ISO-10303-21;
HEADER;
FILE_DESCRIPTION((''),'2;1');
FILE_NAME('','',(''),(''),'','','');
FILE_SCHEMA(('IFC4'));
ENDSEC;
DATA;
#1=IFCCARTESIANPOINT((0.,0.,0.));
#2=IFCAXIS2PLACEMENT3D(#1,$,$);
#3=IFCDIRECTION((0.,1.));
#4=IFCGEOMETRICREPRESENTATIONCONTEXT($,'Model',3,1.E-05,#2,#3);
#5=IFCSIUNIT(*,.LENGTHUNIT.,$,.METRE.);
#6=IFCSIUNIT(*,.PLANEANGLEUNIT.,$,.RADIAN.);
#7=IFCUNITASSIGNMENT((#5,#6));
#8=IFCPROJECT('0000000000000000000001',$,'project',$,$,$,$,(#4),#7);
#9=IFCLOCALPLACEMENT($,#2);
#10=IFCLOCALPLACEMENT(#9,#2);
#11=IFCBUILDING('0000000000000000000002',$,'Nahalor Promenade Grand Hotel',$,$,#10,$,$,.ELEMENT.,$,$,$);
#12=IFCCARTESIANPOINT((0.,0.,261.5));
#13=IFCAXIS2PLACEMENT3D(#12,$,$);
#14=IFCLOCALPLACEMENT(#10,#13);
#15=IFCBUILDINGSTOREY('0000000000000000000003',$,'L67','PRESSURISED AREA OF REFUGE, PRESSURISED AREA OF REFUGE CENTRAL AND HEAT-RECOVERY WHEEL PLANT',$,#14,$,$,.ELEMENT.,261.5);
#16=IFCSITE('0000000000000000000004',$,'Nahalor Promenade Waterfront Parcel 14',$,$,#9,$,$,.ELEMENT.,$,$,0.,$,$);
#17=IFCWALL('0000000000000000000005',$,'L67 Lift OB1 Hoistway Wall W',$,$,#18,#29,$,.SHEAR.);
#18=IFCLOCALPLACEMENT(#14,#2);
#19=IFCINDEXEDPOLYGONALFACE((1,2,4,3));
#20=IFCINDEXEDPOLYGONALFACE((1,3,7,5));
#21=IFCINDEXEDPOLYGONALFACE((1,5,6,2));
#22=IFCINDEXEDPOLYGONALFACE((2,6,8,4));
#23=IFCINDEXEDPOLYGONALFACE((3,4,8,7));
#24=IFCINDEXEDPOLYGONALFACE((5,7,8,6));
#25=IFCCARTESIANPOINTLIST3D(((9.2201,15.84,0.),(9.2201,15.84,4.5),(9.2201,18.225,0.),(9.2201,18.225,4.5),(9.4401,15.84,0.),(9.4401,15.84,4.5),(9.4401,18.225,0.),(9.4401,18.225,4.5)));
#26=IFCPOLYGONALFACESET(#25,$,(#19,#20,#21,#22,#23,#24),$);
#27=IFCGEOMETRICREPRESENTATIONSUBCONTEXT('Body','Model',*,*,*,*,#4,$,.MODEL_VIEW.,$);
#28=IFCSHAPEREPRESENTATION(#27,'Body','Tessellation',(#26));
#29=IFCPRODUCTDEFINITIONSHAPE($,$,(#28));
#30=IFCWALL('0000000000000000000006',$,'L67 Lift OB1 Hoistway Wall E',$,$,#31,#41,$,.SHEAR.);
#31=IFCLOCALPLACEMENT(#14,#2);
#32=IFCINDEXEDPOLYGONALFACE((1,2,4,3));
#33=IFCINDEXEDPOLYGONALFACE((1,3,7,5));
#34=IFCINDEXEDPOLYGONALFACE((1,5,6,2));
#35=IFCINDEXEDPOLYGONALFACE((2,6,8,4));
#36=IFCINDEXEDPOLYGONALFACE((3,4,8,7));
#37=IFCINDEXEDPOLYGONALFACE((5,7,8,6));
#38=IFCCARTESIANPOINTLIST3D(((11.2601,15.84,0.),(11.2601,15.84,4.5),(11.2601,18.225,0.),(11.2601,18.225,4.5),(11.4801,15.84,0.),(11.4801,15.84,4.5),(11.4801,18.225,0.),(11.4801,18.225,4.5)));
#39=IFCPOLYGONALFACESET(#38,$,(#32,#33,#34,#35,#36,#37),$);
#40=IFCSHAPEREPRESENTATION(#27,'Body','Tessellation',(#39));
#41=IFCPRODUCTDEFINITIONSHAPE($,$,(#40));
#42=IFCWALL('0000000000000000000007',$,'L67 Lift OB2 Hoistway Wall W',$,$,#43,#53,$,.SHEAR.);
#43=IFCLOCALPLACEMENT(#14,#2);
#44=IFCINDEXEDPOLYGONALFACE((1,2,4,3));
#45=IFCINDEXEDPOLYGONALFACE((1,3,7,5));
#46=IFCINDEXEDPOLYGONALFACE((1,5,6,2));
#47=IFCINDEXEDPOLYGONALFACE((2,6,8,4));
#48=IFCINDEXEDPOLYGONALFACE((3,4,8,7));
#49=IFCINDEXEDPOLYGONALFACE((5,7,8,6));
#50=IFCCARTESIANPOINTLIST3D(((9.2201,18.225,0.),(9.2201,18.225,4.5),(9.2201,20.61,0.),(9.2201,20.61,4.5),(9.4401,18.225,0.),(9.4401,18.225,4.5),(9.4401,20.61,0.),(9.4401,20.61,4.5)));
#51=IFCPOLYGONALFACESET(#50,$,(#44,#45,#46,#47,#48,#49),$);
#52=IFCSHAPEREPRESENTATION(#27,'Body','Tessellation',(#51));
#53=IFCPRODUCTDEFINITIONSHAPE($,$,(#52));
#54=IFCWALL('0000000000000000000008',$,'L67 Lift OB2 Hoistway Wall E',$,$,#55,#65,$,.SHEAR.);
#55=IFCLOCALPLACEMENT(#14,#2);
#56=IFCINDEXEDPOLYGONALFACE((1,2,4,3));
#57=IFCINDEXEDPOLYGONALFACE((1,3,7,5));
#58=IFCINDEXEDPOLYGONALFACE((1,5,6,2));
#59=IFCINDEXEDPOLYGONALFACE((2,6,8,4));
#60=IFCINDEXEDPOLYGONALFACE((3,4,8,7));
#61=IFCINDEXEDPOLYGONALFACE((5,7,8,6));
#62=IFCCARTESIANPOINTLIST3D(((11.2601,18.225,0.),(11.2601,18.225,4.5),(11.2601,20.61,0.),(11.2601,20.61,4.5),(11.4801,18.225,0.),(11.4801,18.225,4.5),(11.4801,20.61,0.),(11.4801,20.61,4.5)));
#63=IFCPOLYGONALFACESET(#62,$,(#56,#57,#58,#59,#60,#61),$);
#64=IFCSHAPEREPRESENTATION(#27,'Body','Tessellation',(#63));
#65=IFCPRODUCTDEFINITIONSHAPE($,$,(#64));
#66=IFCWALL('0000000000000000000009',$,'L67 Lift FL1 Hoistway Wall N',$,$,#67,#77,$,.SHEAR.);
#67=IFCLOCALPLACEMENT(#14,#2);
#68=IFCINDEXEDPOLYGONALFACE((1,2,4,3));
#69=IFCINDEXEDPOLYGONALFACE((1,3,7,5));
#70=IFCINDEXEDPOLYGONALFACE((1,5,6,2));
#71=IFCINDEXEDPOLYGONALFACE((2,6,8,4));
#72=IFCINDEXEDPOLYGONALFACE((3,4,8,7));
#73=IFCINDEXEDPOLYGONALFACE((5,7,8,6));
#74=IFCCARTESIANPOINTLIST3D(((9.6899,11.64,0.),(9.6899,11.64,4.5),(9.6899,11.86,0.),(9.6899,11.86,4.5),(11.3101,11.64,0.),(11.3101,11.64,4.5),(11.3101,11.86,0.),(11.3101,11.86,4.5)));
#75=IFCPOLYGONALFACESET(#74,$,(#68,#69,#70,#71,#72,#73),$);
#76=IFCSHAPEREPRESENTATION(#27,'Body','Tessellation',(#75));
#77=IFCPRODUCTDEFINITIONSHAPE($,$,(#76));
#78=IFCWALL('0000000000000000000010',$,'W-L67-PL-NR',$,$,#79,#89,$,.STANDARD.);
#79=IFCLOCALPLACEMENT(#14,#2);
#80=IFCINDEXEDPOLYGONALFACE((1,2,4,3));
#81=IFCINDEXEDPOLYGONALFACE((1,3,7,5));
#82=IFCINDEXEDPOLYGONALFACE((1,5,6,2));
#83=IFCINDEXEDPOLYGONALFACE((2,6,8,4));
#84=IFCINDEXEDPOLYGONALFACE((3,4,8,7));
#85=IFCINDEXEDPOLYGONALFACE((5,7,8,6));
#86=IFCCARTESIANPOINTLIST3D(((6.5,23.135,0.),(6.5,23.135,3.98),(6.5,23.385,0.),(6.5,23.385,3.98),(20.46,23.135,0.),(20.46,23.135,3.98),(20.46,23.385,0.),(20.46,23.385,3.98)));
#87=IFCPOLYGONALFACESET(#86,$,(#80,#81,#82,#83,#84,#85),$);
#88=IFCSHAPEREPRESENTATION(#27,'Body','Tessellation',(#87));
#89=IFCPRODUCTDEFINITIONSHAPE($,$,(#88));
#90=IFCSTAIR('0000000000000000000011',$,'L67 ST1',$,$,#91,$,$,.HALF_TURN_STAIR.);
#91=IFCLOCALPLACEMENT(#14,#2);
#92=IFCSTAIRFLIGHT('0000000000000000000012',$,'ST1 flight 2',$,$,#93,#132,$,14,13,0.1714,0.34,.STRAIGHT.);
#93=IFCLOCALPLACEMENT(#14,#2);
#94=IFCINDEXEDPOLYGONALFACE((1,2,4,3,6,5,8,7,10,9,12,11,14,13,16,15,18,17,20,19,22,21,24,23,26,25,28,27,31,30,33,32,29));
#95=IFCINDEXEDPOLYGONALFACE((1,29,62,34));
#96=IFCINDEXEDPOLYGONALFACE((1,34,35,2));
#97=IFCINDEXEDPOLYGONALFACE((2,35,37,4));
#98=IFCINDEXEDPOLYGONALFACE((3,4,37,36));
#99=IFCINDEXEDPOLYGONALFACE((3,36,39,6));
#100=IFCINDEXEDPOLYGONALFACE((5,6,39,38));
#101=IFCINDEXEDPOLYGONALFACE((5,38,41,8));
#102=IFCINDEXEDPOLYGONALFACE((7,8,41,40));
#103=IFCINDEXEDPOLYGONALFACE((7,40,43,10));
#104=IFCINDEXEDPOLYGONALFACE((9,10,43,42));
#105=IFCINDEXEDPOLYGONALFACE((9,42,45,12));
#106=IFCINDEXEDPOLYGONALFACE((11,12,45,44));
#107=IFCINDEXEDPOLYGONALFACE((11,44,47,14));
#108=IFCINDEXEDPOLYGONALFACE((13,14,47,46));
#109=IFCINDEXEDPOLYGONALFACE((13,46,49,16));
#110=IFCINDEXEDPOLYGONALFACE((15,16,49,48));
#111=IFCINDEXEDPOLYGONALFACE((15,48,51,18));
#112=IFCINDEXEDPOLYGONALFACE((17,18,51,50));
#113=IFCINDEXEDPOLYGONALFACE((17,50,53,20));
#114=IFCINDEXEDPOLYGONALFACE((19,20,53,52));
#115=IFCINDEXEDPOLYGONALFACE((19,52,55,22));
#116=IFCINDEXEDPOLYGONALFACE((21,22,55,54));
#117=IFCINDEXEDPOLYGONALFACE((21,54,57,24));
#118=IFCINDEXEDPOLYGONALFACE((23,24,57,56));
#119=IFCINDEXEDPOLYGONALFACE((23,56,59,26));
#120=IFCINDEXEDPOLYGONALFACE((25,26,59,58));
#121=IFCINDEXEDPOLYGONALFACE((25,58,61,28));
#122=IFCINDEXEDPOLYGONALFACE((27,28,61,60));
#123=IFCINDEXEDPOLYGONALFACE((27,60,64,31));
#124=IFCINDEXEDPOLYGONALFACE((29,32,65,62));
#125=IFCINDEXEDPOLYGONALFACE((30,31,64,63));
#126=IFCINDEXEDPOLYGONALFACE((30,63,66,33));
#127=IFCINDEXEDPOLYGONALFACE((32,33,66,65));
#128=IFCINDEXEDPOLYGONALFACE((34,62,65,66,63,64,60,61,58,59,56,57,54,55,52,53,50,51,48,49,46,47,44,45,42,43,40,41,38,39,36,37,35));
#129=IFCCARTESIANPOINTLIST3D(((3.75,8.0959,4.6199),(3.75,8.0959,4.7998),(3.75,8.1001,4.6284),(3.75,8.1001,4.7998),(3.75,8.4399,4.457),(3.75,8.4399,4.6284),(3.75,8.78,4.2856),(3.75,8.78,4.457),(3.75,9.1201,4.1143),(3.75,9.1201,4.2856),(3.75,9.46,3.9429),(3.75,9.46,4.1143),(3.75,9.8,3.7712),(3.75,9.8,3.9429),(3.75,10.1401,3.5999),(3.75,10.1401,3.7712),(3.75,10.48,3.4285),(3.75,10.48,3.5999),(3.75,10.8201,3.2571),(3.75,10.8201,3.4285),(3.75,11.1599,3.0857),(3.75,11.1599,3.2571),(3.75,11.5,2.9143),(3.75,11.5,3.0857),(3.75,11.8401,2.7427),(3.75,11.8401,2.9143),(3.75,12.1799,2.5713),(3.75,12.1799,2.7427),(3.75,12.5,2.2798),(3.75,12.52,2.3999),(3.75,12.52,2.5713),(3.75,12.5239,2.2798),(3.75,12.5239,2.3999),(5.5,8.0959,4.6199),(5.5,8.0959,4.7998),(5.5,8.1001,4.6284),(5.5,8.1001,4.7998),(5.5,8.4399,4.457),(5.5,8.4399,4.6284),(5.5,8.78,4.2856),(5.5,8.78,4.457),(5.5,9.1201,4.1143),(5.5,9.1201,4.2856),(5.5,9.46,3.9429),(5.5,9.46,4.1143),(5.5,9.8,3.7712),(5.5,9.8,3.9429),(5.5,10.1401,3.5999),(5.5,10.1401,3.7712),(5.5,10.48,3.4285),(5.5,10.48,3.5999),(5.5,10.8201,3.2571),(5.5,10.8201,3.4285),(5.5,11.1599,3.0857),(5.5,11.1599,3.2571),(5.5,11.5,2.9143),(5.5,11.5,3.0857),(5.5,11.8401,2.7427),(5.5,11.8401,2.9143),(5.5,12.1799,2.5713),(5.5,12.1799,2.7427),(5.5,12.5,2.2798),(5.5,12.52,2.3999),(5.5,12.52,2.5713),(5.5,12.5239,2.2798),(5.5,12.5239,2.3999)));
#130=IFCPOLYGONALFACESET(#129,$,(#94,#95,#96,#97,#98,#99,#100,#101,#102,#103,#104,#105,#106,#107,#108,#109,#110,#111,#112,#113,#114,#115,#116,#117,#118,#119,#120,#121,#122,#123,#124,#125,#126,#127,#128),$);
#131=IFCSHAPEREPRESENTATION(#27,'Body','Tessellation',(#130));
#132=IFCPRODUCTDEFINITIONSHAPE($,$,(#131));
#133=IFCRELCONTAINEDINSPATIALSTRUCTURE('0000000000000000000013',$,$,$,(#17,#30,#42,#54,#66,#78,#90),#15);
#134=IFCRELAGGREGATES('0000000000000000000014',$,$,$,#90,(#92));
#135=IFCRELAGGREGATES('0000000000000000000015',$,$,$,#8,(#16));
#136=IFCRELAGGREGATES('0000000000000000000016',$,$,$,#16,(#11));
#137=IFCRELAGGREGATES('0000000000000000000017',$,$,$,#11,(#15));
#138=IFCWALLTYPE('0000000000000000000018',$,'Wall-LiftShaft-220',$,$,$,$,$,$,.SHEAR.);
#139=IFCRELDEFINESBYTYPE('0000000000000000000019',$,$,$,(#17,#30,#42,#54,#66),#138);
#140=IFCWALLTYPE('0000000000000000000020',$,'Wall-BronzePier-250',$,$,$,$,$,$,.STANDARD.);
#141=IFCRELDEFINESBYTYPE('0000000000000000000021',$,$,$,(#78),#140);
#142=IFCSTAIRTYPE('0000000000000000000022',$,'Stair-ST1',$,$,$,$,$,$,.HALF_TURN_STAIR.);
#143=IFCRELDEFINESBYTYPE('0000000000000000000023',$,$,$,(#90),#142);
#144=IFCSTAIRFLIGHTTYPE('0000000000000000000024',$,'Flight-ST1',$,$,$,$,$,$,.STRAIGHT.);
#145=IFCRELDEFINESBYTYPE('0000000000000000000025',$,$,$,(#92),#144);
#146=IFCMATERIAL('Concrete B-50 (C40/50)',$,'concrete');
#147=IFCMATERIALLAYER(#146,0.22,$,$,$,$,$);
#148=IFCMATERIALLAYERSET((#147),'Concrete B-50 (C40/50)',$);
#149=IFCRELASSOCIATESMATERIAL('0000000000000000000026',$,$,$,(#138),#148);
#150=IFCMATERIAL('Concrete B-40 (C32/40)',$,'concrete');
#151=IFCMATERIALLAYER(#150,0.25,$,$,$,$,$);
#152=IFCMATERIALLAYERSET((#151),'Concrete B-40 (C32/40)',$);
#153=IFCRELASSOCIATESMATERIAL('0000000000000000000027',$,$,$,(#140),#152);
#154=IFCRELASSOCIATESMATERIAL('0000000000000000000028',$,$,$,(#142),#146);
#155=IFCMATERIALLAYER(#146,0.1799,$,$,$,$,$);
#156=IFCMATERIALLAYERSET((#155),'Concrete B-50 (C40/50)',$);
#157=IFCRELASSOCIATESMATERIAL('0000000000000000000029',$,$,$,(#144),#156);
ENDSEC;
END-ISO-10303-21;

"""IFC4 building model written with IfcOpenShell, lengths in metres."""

from ifc_helpers import new_model, si_unit, direction, frame, frame_2d, origin, place, context, subcontext, project, spatial, polyline, rectangle, outline, extrude, source, transform, mapped, material, layer, layer_set, type_object, element, aggregate, save


model = new_model("IFC4")

# Units and contexts
model_context = context("Model", 3, precision=1e-05, world=origin(), true_north=direction((0.0, 1.0)))
body_context = subcontext(model_context, "Body", "Model", "MODEL_VIEW")
ifc_project = project(units=[si_unit("LENGTHUNIT", "METRE"), si_unit("PLANEANGLEUNIT", "RADIAN")], contexts=[model_context])

# Site, building, storey
site_placement = place(None, origin())
site = spatial("IfcSite", under=ifc_project, at=site_placement, Name="Nahalor Promenade Waterfront Parcel 14", CompositionType="ELEMENT", RefElevation=0.0)
building_placement = place(site_placement, origin())
building = spatial("IfcBuilding", under=site, at=building_placement, Name="Nahalor Promenade Grand Hotel", CompositionType="ELEMENT")
storey_placement = place(building_placement, frame((0.0, 0.0, 261.5)))
storey = spatial("IfcBuildingStorey", under=building, at=storey_placement, Name="L67", Description="PRESSURISED AREA OF REFUGE, PRESSURISED AREA OF REFUGE CENTRAL AND HEAT-RECOVERY WHEEL PLANT", CompositionType="ELEMENT", Elevation=261.5)

# Walls
ifc_material_1 = material(Name="Concrete B-50 (C40/50)", Category="concrete")
ifc_layer_1 = layer(ifc_material_1, 0.22)
ifc_layer_set_1 = layer_set([ifc_layer_1], Name="Concrete B-50 (C40/50)")
wall_type_1 = type_object("IfcWallType", Name="Wall-LiftShaft-220", PredefinedType="SHEAR", material=ifc_layer_set_1)
shared_shape_1 = source(origin(), body_context, "Body", "SweptSolid", [
    extrude(rectangle(XDim=2.385, YDim=0.22, at=frame_2d((1.1924, 0.0))), origin(), (0.0, 0.0, 1.0), 4.5),
])
for number, where, z_axis, x_axis, name in (
    (1, (9.3301, 15.8401, 0.0), (0.0, 0.0, 1.0), (0.0, 1.0, 0.0), "L67 Lift OB1 Hoistway Wall W"),
    (2, (11.3701, 15.8401, 0.0), (0.0, 0.0, 1.0), (0.0, 1.0, 0.0), "L67 Lift OB1 Hoistway Wall E"),
    (3, (9.3301, 18.2251, 0.0), (0.0, 0.0, 1.0), (0.0, 1.0, 0.0), "L67 Lift OB2 Hoistway Wall W"),
    (4, (11.3701, 18.2251, 0.0), (0.0, 0.0, 1.0), (0.0, 1.0, 0.0), "L67 Lift OB2 Hoistway Wall E"),
):
    element("IfcWall", number, at=place(storey_placement, frame(where, z_axis=z_axis, x_axis=x_axis)), inside=storey, type_object=wall_type_1, Name=name, PredefinedType="SHEAR", context=body_context, shape_type="MappedRepresentation", body=[
        mapped(shared_shape_1, transform((0.0, 0.0, 0.0), scale=1.0)),
    ])
shared_shape_2 = source(origin(), body_context, "Body", "SweptSolid", [
    extrude(rectangle(XDim=1.6201, YDim=0.22, at=frame_2d((0.8101, 0.0))), origin(), (0.0, 0.0, 1.0), 4.5),
])
wall_1_placement = place(storey_placement, frame((9.6899, 11.75, 0.0), z_axis=(0.0, 0.0, 1.0), x_axis=(1.0, 0.0, 0.0)))
element("IfcWall", 5, at=wall_1_placement, inside=storey, type_object=wall_type_1, Name="L67 Lift FL1 Hoistway Wall N", PredefinedType="SHEAR", context=body_context, shape_type="MappedRepresentation", body=[
    mapped(shared_shape_2, transform((0.0, 0.0, 0.0), scale=1.0)),
])
ifc_material_2 = material(Name="Concrete B-40 (C32/40)", Category="concrete")
ifc_layer_2 = layer(ifc_material_2, 0.25)
ifc_layer_set_2 = layer_set([ifc_layer_2], Name="Concrete B-40 (C32/40)")
wall_type_2 = type_object("IfcWallType", Name="Wall-BronzePier-250", PredefinedType="STANDARD", material=ifc_layer_set_2)
shared_shape_3 = source(origin(), body_context, "Body", "SweptSolid", [
    extrude(rectangle(XDim=13.96, YDim=0.25, at=frame_2d((6.98, 0.0))), origin(), (0.0, 0.0, 1.0), 3.98),
])
wall_2_placement = place(storey_placement, frame((6.5, 23.26, 0.0), z_axis=(0.0, 0.0, 1.0), x_axis=(1.0, 0.0, 0.0)))
element("IfcWall", 6, at=wall_2_placement, inside=storey, type_object=wall_type_2, Name="W-L67-PL-NR", PredefinedType="STANDARD", context=body_context, shape_type="MappedRepresentation", body=[
    mapped(shared_shape_3, transform((0.0, 0.0, 0.0), scale=1.0)),
])

# Stair, stair flight
stair_type = type_object("IfcStairType", Name="Stair-ST1", PredefinedType="HALF_TURN_STAIR", material=ifc_material_1)
stair_placement = place(storey_placement, origin())
stair = element("IfcStair", 7, at=stair_placement, inside=storey, type_object=stair_type, Name="L67 ST1", PredefinedType="HALF_TURN_STAIR")
ifc_layer_3 = layer(ifc_material_1, 0.1799)
ifc_layer_set_3 = layer_set([ifc_layer_3], Name="Concrete B-50 (C40/50)")
stair_flight_type = type_object("IfcStairFlightType", Name="Flight-ST1", PredefinedType="STRAIGHT", material=ifc_layer_set_3)
shared_shape_4 = source(origin(), body_context, "Body", "SweptSolid", [
    extrude(outline(polyline([(-0.0039, -0.1201), (-0.0039, 0.0), (0.0, 0.0), (0.0, 0.1714), (0.3401, 0.1714), (0.3401, 0.3428), (0.6799, 0.3428), (0.6799, 0.5144), (1.02, 0.5144), (1.02, 0.6858), (1.3601, 0.6858), (1.3601, 0.8572), (1.7, 0.8572), (1.7, 1.0286), (2.04, 1.0286), (2.04, 1.2), (2.3799, 1.2), (2.3799, 1.3713), (2.72, 1.3713), (2.72, 1.543), (3.0601, 1.543), (3.0601, 1.7144), (3.3999, 1.7144), (3.3999, 1.8857), (3.74, 1.8857), (3.74, 2.0571), (4.0801, 2.0571), (4.0801, 2.2285), (4.4199, 2.2285), (4.4199, 2.3999), (4.4241, 2.3999), (4.4241, 2.22), (0.02, -0.1201), (-0.0039, -0.1201)])), frame((0.0, 0.875, 0.0), z_axis=(0.0, -1.0, 0.0), x_axis=(1.0, 0.0, 0.0)), (0.0, 0.0, 1.0), 1.75),
])
stair_flight_placement = place(storey_placement, frame((4.625, 12.52, 2.3999), z_axis=(0.0, 0.0, 1.0), x_axis=(0.0, -1.0, 0.0)))
stair_flight = element("IfcStairFlight", 8, at=stair_flight_placement, type_object=stair_flight_type, Name="ST1 flight 2", NumberOfRisers=14, NumberOfTreads=13, PredefinedType="STRAIGHT", RiserHeight=0.1714, TreadLength=0.34, context=body_context, shape_type="MappedRepresentation", body=[
    mapped(shared_shape_4, transform((0.0, 0.0, 0.0), scale=1.0)),
])
aggregate(stair, [stair_flight])

save(model, "model.ifc")
